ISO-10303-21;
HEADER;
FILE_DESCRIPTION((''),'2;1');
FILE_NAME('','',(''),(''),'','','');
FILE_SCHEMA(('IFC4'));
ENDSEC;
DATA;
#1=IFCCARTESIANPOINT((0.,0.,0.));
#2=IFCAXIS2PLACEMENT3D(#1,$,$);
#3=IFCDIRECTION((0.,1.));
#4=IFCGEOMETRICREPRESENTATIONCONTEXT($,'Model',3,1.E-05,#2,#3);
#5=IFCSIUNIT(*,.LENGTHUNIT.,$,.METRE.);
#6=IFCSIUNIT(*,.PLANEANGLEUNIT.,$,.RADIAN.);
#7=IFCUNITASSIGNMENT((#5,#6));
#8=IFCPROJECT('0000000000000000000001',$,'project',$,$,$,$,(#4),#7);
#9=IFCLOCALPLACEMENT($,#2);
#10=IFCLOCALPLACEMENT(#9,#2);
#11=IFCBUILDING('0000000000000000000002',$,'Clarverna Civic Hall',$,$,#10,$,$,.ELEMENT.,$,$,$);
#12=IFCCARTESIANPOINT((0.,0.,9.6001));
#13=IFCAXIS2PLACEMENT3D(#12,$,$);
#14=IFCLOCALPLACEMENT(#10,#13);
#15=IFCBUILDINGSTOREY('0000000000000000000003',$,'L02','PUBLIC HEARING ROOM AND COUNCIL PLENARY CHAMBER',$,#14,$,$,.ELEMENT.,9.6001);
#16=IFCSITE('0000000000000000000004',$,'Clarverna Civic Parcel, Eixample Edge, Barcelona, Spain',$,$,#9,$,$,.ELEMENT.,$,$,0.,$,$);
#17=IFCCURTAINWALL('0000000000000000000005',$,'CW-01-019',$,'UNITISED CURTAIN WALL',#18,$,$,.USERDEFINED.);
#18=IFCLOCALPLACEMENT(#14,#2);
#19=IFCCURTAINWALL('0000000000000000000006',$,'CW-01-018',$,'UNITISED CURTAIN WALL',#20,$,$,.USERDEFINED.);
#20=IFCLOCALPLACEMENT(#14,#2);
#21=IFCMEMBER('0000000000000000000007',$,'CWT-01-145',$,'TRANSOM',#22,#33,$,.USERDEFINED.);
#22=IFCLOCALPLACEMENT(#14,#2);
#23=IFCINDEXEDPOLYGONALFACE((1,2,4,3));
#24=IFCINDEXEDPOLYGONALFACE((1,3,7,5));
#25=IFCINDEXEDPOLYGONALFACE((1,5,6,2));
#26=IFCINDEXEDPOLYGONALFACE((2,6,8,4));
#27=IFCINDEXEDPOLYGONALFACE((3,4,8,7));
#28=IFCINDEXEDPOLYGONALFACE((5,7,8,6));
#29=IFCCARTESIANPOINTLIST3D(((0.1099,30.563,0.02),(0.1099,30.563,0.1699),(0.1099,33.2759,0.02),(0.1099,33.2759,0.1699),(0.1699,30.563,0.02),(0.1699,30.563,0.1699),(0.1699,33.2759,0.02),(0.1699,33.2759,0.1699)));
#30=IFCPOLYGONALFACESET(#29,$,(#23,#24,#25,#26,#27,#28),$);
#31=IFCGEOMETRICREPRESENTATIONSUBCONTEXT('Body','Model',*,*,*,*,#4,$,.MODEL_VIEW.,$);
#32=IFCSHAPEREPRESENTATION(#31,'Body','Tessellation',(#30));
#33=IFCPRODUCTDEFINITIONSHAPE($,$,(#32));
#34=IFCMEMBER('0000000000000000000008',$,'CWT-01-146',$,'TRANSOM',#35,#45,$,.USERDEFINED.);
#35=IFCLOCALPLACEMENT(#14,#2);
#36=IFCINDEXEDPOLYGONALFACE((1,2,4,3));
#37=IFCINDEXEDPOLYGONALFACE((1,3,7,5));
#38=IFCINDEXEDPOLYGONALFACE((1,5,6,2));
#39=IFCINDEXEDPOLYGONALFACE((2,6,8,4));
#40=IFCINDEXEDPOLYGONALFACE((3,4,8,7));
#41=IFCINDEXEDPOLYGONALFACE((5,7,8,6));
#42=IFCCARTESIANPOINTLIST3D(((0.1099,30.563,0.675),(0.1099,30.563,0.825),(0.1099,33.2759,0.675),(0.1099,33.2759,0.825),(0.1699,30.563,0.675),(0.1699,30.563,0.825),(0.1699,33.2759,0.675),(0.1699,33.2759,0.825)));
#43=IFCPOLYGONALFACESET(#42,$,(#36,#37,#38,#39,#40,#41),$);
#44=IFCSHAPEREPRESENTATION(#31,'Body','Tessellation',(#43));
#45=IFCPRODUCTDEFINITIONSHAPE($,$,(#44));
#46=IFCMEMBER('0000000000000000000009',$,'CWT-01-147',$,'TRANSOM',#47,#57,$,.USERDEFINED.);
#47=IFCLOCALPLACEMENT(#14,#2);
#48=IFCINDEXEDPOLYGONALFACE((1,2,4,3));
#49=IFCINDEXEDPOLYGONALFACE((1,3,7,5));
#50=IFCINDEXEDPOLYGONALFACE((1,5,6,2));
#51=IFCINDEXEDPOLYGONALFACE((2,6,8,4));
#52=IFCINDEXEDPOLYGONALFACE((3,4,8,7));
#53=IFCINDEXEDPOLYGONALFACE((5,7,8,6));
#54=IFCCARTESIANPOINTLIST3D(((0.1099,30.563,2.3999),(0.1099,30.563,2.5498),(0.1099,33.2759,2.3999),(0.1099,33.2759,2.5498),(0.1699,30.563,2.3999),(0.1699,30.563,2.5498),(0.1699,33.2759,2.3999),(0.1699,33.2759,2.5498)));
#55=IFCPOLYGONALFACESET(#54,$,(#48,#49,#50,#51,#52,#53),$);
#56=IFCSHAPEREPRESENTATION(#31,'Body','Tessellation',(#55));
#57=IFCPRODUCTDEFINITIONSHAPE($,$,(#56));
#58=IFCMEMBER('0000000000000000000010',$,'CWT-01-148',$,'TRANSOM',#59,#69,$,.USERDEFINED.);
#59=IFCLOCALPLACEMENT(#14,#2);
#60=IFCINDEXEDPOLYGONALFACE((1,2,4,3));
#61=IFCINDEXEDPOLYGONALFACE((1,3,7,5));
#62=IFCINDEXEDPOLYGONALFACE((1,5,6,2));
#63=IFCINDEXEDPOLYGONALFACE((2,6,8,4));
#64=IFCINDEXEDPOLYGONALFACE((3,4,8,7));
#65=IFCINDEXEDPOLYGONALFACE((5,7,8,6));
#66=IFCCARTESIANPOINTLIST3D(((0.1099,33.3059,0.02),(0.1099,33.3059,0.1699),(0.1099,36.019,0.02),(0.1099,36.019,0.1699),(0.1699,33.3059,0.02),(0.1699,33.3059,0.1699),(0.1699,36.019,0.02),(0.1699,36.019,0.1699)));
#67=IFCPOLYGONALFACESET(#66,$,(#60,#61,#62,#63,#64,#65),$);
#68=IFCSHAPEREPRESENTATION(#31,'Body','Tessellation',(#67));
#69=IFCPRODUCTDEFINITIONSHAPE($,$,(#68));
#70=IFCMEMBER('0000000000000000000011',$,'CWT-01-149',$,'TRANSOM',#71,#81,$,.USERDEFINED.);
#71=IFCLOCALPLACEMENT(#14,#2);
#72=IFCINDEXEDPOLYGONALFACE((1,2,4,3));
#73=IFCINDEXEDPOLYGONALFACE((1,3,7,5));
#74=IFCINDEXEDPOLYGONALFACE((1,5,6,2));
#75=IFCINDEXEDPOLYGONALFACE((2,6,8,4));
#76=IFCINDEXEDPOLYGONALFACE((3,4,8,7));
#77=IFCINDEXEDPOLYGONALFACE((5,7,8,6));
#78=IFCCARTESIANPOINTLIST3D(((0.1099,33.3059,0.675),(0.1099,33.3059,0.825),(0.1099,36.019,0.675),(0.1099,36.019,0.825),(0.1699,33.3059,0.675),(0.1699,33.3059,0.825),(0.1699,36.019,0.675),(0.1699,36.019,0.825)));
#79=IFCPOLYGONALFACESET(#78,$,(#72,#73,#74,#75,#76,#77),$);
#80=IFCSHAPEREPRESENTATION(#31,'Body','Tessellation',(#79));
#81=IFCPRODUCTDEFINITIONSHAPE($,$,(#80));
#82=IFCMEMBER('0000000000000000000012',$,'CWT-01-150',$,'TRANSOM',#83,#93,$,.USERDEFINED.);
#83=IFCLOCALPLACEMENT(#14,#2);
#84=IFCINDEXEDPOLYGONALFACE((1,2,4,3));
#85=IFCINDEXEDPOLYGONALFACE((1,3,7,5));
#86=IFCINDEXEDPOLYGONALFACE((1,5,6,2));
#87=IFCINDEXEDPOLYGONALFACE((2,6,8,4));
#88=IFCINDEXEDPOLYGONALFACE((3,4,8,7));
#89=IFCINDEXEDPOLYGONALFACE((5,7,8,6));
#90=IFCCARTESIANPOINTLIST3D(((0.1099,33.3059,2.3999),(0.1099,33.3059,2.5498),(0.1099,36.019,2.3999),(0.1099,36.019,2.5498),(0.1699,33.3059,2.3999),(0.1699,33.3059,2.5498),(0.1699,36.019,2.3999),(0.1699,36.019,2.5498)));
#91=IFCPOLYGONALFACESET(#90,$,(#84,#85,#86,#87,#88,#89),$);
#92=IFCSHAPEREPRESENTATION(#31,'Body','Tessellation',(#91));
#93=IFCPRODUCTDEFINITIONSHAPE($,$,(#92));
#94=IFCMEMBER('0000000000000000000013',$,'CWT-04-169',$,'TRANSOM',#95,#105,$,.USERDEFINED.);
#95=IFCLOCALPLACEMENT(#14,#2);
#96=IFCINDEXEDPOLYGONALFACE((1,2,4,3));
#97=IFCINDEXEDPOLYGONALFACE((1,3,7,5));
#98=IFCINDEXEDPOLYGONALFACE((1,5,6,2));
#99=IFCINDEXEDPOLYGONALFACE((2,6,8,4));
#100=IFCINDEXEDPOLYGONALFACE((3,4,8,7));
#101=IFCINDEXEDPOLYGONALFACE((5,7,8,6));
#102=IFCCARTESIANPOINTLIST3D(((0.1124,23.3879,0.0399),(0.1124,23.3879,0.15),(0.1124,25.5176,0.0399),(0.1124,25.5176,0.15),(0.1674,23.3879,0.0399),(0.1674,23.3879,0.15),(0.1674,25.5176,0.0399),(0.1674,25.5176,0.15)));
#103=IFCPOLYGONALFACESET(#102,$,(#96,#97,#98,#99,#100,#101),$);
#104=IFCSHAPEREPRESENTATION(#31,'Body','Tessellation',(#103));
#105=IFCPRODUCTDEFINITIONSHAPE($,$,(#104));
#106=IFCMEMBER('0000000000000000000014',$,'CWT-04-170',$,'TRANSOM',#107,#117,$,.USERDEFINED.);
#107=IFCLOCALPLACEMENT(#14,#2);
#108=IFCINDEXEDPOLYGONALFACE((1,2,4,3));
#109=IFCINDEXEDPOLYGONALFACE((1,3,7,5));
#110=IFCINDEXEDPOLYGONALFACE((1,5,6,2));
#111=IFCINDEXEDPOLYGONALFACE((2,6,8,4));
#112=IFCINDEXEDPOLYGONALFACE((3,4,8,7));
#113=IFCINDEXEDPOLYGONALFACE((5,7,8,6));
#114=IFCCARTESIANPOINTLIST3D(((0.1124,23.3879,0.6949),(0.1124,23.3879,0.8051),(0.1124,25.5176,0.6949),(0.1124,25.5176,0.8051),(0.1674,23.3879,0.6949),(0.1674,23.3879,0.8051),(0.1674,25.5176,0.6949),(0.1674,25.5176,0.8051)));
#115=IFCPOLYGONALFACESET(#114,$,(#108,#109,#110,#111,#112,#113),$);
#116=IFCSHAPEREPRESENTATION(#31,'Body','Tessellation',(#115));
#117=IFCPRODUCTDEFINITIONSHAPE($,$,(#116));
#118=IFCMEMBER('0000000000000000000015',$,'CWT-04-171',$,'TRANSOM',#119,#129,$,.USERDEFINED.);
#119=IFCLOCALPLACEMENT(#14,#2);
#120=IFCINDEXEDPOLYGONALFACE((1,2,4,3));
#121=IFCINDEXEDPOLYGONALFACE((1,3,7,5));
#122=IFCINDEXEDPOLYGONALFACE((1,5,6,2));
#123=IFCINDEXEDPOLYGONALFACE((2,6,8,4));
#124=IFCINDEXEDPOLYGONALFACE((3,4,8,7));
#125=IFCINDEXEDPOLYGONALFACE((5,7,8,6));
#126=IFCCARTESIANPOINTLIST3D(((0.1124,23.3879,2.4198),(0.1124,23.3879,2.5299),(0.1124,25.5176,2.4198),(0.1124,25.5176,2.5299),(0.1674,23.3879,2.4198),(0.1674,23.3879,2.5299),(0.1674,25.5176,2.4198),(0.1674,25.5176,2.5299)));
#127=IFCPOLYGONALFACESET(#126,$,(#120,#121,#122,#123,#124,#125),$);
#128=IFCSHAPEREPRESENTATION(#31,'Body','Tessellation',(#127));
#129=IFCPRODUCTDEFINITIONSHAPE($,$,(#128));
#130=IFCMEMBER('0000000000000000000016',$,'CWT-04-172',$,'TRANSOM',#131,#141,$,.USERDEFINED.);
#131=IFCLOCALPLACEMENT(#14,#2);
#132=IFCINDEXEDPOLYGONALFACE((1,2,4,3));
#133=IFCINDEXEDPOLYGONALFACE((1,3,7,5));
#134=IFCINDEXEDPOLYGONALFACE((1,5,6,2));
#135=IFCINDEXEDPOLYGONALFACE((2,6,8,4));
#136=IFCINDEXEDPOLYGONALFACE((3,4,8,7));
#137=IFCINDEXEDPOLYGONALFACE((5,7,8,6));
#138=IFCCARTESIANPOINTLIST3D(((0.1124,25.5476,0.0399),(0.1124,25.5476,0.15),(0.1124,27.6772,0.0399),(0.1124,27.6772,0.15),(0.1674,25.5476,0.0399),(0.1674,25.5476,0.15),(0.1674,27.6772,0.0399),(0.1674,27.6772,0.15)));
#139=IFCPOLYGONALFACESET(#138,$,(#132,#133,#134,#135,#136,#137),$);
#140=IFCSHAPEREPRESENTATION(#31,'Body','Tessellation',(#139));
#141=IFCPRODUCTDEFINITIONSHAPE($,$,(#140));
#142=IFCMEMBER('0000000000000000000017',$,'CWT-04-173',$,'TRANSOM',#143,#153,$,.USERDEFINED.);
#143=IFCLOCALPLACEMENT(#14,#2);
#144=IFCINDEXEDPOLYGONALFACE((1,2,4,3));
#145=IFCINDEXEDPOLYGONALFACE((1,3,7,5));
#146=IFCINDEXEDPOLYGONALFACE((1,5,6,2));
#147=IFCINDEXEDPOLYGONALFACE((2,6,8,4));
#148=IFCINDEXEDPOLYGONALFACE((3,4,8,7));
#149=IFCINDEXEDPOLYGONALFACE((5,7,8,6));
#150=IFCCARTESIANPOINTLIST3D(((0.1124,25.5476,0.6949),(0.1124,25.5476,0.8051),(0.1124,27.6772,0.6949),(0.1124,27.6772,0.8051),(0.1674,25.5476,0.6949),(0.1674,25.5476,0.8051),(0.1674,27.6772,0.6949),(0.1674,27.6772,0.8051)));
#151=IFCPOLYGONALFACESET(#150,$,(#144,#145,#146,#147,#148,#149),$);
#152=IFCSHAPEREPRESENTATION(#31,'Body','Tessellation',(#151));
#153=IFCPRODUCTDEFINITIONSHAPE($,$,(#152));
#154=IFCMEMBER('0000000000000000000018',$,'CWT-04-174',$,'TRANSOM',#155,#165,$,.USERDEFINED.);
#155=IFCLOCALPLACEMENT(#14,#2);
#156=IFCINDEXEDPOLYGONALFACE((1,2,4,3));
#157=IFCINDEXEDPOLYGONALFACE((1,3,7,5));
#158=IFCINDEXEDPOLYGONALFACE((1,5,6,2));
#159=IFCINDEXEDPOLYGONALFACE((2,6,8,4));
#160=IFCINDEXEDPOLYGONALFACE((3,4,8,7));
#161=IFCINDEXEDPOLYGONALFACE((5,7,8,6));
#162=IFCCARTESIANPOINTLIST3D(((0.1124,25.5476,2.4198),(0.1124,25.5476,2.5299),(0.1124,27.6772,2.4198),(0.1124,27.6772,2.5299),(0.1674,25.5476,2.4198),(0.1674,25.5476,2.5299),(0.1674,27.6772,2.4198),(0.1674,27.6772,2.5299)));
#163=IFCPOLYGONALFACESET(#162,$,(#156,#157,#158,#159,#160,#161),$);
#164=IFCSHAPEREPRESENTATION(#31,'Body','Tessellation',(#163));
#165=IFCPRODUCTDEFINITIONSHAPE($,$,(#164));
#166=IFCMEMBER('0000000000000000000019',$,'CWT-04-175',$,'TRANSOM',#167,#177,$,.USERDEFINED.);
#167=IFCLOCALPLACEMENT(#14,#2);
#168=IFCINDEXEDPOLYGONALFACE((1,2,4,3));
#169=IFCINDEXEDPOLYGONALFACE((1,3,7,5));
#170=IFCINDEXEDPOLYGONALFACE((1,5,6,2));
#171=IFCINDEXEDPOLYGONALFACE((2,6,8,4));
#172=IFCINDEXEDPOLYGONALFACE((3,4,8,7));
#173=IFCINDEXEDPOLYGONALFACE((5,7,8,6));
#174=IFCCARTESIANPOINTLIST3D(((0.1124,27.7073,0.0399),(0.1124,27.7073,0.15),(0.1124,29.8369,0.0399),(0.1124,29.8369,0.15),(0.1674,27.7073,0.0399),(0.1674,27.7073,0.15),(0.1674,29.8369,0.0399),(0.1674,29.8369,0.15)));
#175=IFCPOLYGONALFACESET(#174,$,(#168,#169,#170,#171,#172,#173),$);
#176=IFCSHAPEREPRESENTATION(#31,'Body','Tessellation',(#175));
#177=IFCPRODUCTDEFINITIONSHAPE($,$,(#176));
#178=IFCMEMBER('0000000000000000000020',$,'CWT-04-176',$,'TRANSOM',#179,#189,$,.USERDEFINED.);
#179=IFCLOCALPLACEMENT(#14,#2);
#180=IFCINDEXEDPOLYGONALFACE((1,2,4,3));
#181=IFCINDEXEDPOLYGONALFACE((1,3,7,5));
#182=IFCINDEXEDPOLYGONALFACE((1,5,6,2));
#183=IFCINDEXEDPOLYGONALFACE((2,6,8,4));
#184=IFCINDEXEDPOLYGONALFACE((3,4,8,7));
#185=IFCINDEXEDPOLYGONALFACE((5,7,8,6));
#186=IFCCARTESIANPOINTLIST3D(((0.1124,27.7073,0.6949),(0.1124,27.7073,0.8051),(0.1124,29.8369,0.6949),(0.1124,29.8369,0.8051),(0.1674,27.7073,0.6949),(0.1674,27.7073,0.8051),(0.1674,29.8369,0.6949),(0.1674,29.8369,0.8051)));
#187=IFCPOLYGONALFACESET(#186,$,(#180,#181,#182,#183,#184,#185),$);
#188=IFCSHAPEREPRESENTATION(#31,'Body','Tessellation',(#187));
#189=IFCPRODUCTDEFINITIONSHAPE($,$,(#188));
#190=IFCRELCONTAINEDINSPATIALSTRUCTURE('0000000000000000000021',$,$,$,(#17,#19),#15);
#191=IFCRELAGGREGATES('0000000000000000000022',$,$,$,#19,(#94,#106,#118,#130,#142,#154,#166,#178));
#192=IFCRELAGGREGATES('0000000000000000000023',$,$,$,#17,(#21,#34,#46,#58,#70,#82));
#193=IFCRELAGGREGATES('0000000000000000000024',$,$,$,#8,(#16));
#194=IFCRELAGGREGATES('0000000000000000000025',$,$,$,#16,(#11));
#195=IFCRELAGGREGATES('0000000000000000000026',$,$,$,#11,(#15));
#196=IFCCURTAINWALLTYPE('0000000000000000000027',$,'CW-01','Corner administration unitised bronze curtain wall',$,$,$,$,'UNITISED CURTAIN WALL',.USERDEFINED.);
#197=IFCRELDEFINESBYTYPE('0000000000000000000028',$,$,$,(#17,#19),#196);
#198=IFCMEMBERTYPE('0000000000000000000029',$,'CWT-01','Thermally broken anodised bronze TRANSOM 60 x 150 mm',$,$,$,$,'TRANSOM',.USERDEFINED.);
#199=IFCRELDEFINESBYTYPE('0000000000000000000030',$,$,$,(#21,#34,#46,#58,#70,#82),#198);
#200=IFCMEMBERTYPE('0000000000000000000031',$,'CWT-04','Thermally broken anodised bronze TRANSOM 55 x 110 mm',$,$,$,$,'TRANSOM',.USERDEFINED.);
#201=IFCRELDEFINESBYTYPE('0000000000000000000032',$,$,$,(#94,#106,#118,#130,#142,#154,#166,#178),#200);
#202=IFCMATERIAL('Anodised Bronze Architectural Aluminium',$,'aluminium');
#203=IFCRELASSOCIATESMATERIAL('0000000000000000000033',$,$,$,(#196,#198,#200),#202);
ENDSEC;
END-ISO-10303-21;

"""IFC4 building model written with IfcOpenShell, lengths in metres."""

from ifc_helpers import new_model, si_unit, direction, frame, origin, origin_2d, place, context, subcontext, project, spatial, rectangle, extrude, material, material_profile, profile_set, type_object, element, aggregate, save


model = new_model("IFC4")

# Units and contexts
model_context = context("Model", 3, precision=1e-05, world=origin(), true_north=direction((0.0, 1.0)))
body_context = subcontext(model_context, "Body", "Model", "MODEL_VIEW")
ifc_project = project(units=[si_unit("LENGTHUNIT", "METRE"), si_unit("PLANEANGLEUNIT", "RADIAN")], contexts=[model_context])

# Site, building, storey
site_placement = place(None, origin())
site = spatial("IfcSite", under=ifc_project, at=site_placement, Name="Clarverna Civic Parcel, Eixample Edge, Barcelona, Spain", CompositionType="ELEMENT", RefElevation=0.0)
building_placement = place(site_placement, origin())
building = spatial("IfcBuilding", under=site, at=building_placement, Name="Clarverna Civic Hall", CompositionType="ELEMENT")
storey_placement = place(building_placement, frame((0.0, 0.0, 9.6001)))
storey = spatial("IfcBuildingStorey", under=building, at=storey_placement, Name="L02", Description="PUBLIC HEARING ROOM AND COUNCIL PLENARY CHAMBER", CompositionType="ELEMENT", Elevation=9.6001)

# Curtain wall
ifc_material_1 = material(Name="Anodised Bronze Architectural Aluminium", Category="aluminium")
curtain_wall_type = type_object("IfcCurtainWallType", Name="CW-01", Description="Corner administration unitised bronze curtain wall", ElementType="UNITISED CURTAIN WALL", PredefinedType="USERDEFINED", material=ifc_material_1)
curtain_wall_1_placement = place(storey_placement, origin())
curtain_wall_1 = element("IfcCurtainWall", 1, at=curtain_wall_1_placement, inside=storey, type_object=curtain_wall_type, Name="CW-01-019", ObjectType="UNITISED CURTAIN WALL", PredefinedType="USERDEFINED")

# Curtain wall
curtain_wall_2_placement = place(storey_placement, origin())
curtain_wall_2 = element("IfcCurtainWall", 2, at=curtain_wall_2_placement, inside=storey, type_object=curtain_wall_type, Name="CW-01-018", ObjectType="UNITISED CURTAIN WALL", PredefinedType="USERDEFINED")

# Members
ifc_material_profile_1 = material_profile(ifc_material_1, rectangle(XDim=0.0601, YDim=0.1499, at=origin_2d()), Name="BRONZE 60x150")
ifc_profile_set_1 = profile_set([ifc_material_profile_1], Name="Anodised Bronze Architectural Aluminium")
member_type_1 = type_object("IfcMemberType", Name="CWT-01", Description="Thermally broken anodised bronze TRANSOM 60 x 150 mm", ElementType="TRANSOM", PredefinedType="USERDEFINED", material=ifc_profile_set_1)
member_1_placement = place(storey_placement, frame((0.1399, 30.563, 0.095), z_axis=(0.0, 1.0, 0.0), x_axis=(-1.0, 0.0, 0.0)))
member_1 = element("IfcMember", 3, at=member_1_placement, type_object=member_type_1, Name="CWT-01-145", ObjectType="TRANSOM", PredefinedType="USERDEFINED", context=body_context, shape_type="SweptSolid", body=[
    extrude(rectangle(XDim=0.0601, YDim=0.1499, at=origin_2d()), origin(), (0.0, 0.0, 1.0), 2.7129),
])
member_2_placement = place(storey_placement, frame((0.1399, 30.563, 0.75), z_axis=(0.0, 1.0, 0.0), x_axis=(-1.0, 0.0, 0.0)))
member_2 = element("IfcMember", 4, at=member_2_placement, type_object=member_type_1, Name="CWT-01-146", ObjectType="TRANSOM", PredefinedType="USERDEFINED", context=body_context, shape_type="SweptSolid", body=[
    extrude(rectangle(XDim=0.0601, YDim=0.1499, at=origin_2d()), origin(), (0.0, 0.0, 1.0), 2.7129),
])
member_3_placement = place(storey_placement, frame((0.1399, 30.563, 2.4749), z_axis=(0.0, 1.0, 0.0), x_axis=(-1.0, 0.0, 0.0)))
member_3 = element("IfcMember", 5, at=member_3_placement, type_object=member_type_1, Name="CWT-01-147", ObjectType="TRANSOM", PredefinedType="USERDEFINED", context=body_context, shape_type="SweptSolid", body=[
    extrude(rectangle(XDim=0.0601, YDim=0.1499, at=origin_2d()), origin(), (0.0, 0.0, 1.0), 2.7129),
])
member_4_placement = place(storey_placement, frame((0.1399, 33.3059, 0.095), z_axis=(0.0, 1.0, 0.0), x_axis=(-1.0, 0.0, 0.0)))
member_4 = element("IfcMember", 6, at=member_4_placement, type_object=member_type_1, Name="CWT-01-148", ObjectType="TRANSOM", PredefinedType="USERDEFINED", context=body_context, shape_type="SweptSolid", body=[
    extrude(rectangle(XDim=0.0601, YDim=0.1499, at=origin_2d()), origin(), (0.0, 0.0, 1.0), 2.7131),
])
member_5_placement = place(storey_placement, frame((0.1399, 33.3059, 0.75), z_axis=(0.0, 1.0, 0.0), x_axis=(-1.0, 0.0, 0.0)))
member_5 = element("IfcMember", 7, at=member_5_placement, type_object=member_type_1, Name="CWT-01-149", ObjectType="TRANSOM", PredefinedType="USERDEFINED", context=body_context, shape_type="SweptSolid", body=[
    extrude(rectangle(XDim=0.0601, YDim=0.1499, at=origin_2d()), origin(), (0.0, 0.0, 1.0), 2.7131),
])
member_6_placement = place(storey_placement, frame((0.1399, 33.3059, 2.4749), z_axis=(0.0, 1.0, 0.0), x_axis=(-1.0, 0.0, 0.0)))
member_6 = element("IfcMember", 8, at=member_6_placement, type_object=member_type_1, Name="CWT-01-150", ObjectType="TRANSOM", PredefinedType="USERDEFINED", context=body_context, shape_type="SweptSolid", body=[
    extrude(rectangle(XDim=0.0601, YDim=0.1499, at=origin_2d()), origin(), (0.0, 0.0, 1.0), 2.7131),
])
ifc_material_profile_2 = material_profile(ifc_material_1, rectangle(XDim=0.0549, YDim=0.1101, at=origin_2d()), Name="BRONZE 55x110")
ifc_profile_set_2 = profile_set([ifc_material_profile_2], Name="Anodised Bronze Architectural Aluminium")
member_type_2 = type_object("IfcMemberType", Name="CWT-04", Description="Thermally broken anodised bronze TRANSOM 55 x 110 mm", ElementType="TRANSOM", PredefinedType="USERDEFINED", material=ifc_profile_set_2)
member_7_placement = place(storey_placement, frame((0.1399, 23.3879, 0.095), z_axis=(0.0, 1.0, 0.0), x_axis=(-1.0, 0.0, 0.0)))
member_7 = element("IfcMember", 9, at=member_7_placement, type_object=member_type_2, Name="CWT-04-169", ObjectType="TRANSOM", PredefinedType="USERDEFINED", context=body_context, shape_type="SweptSolid", body=[
    extrude(rectangle(XDim=0.0549, YDim=0.1101, at=origin_2d()), origin(), (0.0, 0.0, 1.0), 2.1296),
])
member_8_placement = place(storey_placement, frame((0.1399, 23.3879, 0.75), z_axis=(0.0, 1.0, 0.0), x_axis=(-1.0, 0.0, 0.0)))
member_8 = element("IfcMember", 10, at=member_8_placement, type_object=member_type_2, Name="CWT-04-170", ObjectType="TRANSOM", PredefinedType="USERDEFINED", context=body_context, shape_type="SweptSolid", body=[
    extrude(rectangle(XDim=0.0549, YDim=0.1101, at=origin_2d()), origin(), (0.0, 0.0, 1.0), 2.1296),
])
member_9_placement = place(storey_placement, frame((0.1399, 23.3879, 2.4749), z_axis=(0.0, 1.0, 0.0), x_axis=(-1.0, 0.0, 0.0)))
member_9 = element("IfcMember", 11, at=member_9_placement, type_object=member_type_2, Name="CWT-04-171", ObjectType="TRANSOM", PredefinedType="USERDEFINED", context=body_context, shape_type="SweptSolid", body=[
    extrude(rectangle(XDim=0.0549, YDim=0.1101, at=origin_2d()), origin(), (0.0, 0.0, 1.0), 2.1296),
])
member_10_placement = place(storey_placement, frame((0.1399, 25.5476, 0.095), z_axis=(0.0, 1.0, 0.0), x_axis=(-1.0, 0.0, 0.0)))
member_10 = element("IfcMember", 12, at=member_10_placement, type_object=member_type_2, Name="CWT-04-172", ObjectType="TRANSOM", PredefinedType="USERDEFINED", context=body_context, shape_type="SweptSolid", body=[
    extrude(rectangle(XDim=0.0549, YDim=0.1101, at=origin_2d()), origin(), (0.0, 0.0, 1.0), 2.1296),
])
member_11_placement = place(storey_placement, frame((0.1399, 25.5476, 0.75), z_axis=(0.0, 1.0, 0.0), x_axis=(-1.0, 0.0, 0.0)))
member_11 = element("IfcMember", 13, at=member_11_placement, type_object=member_type_2, Name="CWT-04-173", ObjectType="TRANSOM", PredefinedType="USERDEFINED", context=body_context, shape_type="SweptSolid", body=[
    extrude(rectangle(XDim=0.0549, YDim=0.1101, at=origin_2d()), origin(), (0.0, 0.0, 1.0), 2.1296),
])
member_12_placement = place(storey_placement, frame((0.1399, 25.5476, 2.4749), z_axis=(0.0, 1.0, 0.0), x_axis=(-1.0, 0.0, 0.0)))
member_12 = element("IfcMember", 14, at=member_12_placement, type_object=member_type_2, Name="CWT-04-174", ObjectType="TRANSOM", PredefinedType="USERDEFINED", context=body_context, shape_type="SweptSolid", body=[
    extrude(rectangle(XDim=0.0549, YDim=0.1101, at=origin_2d()), origin(), (0.0, 0.0, 1.0), 2.1296),
])
member_13_placement = place(storey_placement, frame((0.1399, 27.7073, 0.095), z_axis=(0.0, 1.0, 0.0), x_axis=(-1.0, 0.0, 0.0)))
member_13 = element("IfcMember", 15, at=member_13_placement, type_object=member_type_2, Name="CWT-04-175", ObjectType="TRANSOM", PredefinedType="USERDEFINED", context=body_context, shape_type="SweptSolid", body=[
    extrude(rectangle(XDim=0.0549, YDim=0.1101, at=origin_2d()), origin(), (0.0, 0.0, 1.0), 2.1296),
])
member_14_placement = place(storey_placement, frame((0.1399, 27.7073, 0.75), z_axis=(0.0, 1.0, 0.0), x_axis=(-1.0, 0.0, 0.0)))
member_14 = element("IfcMember", 16, at=member_14_placement, type_object=member_type_2, Name="CWT-04-176", ObjectType="TRANSOM", PredefinedType="USERDEFINED", context=body_context, shape_type="SweptSolid", body=[
    extrude(rectangle(XDim=0.0549, YDim=0.1101, at=origin_2d()), origin(), (0.0, 0.0, 1.0), 2.1296),
])

aggregate(curtain_wall_2, [member_7, member_8, member_9, member_10, member_11, member_12, member_13, member_14])
aggregate(curtain_wall_1, [member_1, member_2, member_3, member_4, member_5, member_6])

save(model, "model.ifc")
